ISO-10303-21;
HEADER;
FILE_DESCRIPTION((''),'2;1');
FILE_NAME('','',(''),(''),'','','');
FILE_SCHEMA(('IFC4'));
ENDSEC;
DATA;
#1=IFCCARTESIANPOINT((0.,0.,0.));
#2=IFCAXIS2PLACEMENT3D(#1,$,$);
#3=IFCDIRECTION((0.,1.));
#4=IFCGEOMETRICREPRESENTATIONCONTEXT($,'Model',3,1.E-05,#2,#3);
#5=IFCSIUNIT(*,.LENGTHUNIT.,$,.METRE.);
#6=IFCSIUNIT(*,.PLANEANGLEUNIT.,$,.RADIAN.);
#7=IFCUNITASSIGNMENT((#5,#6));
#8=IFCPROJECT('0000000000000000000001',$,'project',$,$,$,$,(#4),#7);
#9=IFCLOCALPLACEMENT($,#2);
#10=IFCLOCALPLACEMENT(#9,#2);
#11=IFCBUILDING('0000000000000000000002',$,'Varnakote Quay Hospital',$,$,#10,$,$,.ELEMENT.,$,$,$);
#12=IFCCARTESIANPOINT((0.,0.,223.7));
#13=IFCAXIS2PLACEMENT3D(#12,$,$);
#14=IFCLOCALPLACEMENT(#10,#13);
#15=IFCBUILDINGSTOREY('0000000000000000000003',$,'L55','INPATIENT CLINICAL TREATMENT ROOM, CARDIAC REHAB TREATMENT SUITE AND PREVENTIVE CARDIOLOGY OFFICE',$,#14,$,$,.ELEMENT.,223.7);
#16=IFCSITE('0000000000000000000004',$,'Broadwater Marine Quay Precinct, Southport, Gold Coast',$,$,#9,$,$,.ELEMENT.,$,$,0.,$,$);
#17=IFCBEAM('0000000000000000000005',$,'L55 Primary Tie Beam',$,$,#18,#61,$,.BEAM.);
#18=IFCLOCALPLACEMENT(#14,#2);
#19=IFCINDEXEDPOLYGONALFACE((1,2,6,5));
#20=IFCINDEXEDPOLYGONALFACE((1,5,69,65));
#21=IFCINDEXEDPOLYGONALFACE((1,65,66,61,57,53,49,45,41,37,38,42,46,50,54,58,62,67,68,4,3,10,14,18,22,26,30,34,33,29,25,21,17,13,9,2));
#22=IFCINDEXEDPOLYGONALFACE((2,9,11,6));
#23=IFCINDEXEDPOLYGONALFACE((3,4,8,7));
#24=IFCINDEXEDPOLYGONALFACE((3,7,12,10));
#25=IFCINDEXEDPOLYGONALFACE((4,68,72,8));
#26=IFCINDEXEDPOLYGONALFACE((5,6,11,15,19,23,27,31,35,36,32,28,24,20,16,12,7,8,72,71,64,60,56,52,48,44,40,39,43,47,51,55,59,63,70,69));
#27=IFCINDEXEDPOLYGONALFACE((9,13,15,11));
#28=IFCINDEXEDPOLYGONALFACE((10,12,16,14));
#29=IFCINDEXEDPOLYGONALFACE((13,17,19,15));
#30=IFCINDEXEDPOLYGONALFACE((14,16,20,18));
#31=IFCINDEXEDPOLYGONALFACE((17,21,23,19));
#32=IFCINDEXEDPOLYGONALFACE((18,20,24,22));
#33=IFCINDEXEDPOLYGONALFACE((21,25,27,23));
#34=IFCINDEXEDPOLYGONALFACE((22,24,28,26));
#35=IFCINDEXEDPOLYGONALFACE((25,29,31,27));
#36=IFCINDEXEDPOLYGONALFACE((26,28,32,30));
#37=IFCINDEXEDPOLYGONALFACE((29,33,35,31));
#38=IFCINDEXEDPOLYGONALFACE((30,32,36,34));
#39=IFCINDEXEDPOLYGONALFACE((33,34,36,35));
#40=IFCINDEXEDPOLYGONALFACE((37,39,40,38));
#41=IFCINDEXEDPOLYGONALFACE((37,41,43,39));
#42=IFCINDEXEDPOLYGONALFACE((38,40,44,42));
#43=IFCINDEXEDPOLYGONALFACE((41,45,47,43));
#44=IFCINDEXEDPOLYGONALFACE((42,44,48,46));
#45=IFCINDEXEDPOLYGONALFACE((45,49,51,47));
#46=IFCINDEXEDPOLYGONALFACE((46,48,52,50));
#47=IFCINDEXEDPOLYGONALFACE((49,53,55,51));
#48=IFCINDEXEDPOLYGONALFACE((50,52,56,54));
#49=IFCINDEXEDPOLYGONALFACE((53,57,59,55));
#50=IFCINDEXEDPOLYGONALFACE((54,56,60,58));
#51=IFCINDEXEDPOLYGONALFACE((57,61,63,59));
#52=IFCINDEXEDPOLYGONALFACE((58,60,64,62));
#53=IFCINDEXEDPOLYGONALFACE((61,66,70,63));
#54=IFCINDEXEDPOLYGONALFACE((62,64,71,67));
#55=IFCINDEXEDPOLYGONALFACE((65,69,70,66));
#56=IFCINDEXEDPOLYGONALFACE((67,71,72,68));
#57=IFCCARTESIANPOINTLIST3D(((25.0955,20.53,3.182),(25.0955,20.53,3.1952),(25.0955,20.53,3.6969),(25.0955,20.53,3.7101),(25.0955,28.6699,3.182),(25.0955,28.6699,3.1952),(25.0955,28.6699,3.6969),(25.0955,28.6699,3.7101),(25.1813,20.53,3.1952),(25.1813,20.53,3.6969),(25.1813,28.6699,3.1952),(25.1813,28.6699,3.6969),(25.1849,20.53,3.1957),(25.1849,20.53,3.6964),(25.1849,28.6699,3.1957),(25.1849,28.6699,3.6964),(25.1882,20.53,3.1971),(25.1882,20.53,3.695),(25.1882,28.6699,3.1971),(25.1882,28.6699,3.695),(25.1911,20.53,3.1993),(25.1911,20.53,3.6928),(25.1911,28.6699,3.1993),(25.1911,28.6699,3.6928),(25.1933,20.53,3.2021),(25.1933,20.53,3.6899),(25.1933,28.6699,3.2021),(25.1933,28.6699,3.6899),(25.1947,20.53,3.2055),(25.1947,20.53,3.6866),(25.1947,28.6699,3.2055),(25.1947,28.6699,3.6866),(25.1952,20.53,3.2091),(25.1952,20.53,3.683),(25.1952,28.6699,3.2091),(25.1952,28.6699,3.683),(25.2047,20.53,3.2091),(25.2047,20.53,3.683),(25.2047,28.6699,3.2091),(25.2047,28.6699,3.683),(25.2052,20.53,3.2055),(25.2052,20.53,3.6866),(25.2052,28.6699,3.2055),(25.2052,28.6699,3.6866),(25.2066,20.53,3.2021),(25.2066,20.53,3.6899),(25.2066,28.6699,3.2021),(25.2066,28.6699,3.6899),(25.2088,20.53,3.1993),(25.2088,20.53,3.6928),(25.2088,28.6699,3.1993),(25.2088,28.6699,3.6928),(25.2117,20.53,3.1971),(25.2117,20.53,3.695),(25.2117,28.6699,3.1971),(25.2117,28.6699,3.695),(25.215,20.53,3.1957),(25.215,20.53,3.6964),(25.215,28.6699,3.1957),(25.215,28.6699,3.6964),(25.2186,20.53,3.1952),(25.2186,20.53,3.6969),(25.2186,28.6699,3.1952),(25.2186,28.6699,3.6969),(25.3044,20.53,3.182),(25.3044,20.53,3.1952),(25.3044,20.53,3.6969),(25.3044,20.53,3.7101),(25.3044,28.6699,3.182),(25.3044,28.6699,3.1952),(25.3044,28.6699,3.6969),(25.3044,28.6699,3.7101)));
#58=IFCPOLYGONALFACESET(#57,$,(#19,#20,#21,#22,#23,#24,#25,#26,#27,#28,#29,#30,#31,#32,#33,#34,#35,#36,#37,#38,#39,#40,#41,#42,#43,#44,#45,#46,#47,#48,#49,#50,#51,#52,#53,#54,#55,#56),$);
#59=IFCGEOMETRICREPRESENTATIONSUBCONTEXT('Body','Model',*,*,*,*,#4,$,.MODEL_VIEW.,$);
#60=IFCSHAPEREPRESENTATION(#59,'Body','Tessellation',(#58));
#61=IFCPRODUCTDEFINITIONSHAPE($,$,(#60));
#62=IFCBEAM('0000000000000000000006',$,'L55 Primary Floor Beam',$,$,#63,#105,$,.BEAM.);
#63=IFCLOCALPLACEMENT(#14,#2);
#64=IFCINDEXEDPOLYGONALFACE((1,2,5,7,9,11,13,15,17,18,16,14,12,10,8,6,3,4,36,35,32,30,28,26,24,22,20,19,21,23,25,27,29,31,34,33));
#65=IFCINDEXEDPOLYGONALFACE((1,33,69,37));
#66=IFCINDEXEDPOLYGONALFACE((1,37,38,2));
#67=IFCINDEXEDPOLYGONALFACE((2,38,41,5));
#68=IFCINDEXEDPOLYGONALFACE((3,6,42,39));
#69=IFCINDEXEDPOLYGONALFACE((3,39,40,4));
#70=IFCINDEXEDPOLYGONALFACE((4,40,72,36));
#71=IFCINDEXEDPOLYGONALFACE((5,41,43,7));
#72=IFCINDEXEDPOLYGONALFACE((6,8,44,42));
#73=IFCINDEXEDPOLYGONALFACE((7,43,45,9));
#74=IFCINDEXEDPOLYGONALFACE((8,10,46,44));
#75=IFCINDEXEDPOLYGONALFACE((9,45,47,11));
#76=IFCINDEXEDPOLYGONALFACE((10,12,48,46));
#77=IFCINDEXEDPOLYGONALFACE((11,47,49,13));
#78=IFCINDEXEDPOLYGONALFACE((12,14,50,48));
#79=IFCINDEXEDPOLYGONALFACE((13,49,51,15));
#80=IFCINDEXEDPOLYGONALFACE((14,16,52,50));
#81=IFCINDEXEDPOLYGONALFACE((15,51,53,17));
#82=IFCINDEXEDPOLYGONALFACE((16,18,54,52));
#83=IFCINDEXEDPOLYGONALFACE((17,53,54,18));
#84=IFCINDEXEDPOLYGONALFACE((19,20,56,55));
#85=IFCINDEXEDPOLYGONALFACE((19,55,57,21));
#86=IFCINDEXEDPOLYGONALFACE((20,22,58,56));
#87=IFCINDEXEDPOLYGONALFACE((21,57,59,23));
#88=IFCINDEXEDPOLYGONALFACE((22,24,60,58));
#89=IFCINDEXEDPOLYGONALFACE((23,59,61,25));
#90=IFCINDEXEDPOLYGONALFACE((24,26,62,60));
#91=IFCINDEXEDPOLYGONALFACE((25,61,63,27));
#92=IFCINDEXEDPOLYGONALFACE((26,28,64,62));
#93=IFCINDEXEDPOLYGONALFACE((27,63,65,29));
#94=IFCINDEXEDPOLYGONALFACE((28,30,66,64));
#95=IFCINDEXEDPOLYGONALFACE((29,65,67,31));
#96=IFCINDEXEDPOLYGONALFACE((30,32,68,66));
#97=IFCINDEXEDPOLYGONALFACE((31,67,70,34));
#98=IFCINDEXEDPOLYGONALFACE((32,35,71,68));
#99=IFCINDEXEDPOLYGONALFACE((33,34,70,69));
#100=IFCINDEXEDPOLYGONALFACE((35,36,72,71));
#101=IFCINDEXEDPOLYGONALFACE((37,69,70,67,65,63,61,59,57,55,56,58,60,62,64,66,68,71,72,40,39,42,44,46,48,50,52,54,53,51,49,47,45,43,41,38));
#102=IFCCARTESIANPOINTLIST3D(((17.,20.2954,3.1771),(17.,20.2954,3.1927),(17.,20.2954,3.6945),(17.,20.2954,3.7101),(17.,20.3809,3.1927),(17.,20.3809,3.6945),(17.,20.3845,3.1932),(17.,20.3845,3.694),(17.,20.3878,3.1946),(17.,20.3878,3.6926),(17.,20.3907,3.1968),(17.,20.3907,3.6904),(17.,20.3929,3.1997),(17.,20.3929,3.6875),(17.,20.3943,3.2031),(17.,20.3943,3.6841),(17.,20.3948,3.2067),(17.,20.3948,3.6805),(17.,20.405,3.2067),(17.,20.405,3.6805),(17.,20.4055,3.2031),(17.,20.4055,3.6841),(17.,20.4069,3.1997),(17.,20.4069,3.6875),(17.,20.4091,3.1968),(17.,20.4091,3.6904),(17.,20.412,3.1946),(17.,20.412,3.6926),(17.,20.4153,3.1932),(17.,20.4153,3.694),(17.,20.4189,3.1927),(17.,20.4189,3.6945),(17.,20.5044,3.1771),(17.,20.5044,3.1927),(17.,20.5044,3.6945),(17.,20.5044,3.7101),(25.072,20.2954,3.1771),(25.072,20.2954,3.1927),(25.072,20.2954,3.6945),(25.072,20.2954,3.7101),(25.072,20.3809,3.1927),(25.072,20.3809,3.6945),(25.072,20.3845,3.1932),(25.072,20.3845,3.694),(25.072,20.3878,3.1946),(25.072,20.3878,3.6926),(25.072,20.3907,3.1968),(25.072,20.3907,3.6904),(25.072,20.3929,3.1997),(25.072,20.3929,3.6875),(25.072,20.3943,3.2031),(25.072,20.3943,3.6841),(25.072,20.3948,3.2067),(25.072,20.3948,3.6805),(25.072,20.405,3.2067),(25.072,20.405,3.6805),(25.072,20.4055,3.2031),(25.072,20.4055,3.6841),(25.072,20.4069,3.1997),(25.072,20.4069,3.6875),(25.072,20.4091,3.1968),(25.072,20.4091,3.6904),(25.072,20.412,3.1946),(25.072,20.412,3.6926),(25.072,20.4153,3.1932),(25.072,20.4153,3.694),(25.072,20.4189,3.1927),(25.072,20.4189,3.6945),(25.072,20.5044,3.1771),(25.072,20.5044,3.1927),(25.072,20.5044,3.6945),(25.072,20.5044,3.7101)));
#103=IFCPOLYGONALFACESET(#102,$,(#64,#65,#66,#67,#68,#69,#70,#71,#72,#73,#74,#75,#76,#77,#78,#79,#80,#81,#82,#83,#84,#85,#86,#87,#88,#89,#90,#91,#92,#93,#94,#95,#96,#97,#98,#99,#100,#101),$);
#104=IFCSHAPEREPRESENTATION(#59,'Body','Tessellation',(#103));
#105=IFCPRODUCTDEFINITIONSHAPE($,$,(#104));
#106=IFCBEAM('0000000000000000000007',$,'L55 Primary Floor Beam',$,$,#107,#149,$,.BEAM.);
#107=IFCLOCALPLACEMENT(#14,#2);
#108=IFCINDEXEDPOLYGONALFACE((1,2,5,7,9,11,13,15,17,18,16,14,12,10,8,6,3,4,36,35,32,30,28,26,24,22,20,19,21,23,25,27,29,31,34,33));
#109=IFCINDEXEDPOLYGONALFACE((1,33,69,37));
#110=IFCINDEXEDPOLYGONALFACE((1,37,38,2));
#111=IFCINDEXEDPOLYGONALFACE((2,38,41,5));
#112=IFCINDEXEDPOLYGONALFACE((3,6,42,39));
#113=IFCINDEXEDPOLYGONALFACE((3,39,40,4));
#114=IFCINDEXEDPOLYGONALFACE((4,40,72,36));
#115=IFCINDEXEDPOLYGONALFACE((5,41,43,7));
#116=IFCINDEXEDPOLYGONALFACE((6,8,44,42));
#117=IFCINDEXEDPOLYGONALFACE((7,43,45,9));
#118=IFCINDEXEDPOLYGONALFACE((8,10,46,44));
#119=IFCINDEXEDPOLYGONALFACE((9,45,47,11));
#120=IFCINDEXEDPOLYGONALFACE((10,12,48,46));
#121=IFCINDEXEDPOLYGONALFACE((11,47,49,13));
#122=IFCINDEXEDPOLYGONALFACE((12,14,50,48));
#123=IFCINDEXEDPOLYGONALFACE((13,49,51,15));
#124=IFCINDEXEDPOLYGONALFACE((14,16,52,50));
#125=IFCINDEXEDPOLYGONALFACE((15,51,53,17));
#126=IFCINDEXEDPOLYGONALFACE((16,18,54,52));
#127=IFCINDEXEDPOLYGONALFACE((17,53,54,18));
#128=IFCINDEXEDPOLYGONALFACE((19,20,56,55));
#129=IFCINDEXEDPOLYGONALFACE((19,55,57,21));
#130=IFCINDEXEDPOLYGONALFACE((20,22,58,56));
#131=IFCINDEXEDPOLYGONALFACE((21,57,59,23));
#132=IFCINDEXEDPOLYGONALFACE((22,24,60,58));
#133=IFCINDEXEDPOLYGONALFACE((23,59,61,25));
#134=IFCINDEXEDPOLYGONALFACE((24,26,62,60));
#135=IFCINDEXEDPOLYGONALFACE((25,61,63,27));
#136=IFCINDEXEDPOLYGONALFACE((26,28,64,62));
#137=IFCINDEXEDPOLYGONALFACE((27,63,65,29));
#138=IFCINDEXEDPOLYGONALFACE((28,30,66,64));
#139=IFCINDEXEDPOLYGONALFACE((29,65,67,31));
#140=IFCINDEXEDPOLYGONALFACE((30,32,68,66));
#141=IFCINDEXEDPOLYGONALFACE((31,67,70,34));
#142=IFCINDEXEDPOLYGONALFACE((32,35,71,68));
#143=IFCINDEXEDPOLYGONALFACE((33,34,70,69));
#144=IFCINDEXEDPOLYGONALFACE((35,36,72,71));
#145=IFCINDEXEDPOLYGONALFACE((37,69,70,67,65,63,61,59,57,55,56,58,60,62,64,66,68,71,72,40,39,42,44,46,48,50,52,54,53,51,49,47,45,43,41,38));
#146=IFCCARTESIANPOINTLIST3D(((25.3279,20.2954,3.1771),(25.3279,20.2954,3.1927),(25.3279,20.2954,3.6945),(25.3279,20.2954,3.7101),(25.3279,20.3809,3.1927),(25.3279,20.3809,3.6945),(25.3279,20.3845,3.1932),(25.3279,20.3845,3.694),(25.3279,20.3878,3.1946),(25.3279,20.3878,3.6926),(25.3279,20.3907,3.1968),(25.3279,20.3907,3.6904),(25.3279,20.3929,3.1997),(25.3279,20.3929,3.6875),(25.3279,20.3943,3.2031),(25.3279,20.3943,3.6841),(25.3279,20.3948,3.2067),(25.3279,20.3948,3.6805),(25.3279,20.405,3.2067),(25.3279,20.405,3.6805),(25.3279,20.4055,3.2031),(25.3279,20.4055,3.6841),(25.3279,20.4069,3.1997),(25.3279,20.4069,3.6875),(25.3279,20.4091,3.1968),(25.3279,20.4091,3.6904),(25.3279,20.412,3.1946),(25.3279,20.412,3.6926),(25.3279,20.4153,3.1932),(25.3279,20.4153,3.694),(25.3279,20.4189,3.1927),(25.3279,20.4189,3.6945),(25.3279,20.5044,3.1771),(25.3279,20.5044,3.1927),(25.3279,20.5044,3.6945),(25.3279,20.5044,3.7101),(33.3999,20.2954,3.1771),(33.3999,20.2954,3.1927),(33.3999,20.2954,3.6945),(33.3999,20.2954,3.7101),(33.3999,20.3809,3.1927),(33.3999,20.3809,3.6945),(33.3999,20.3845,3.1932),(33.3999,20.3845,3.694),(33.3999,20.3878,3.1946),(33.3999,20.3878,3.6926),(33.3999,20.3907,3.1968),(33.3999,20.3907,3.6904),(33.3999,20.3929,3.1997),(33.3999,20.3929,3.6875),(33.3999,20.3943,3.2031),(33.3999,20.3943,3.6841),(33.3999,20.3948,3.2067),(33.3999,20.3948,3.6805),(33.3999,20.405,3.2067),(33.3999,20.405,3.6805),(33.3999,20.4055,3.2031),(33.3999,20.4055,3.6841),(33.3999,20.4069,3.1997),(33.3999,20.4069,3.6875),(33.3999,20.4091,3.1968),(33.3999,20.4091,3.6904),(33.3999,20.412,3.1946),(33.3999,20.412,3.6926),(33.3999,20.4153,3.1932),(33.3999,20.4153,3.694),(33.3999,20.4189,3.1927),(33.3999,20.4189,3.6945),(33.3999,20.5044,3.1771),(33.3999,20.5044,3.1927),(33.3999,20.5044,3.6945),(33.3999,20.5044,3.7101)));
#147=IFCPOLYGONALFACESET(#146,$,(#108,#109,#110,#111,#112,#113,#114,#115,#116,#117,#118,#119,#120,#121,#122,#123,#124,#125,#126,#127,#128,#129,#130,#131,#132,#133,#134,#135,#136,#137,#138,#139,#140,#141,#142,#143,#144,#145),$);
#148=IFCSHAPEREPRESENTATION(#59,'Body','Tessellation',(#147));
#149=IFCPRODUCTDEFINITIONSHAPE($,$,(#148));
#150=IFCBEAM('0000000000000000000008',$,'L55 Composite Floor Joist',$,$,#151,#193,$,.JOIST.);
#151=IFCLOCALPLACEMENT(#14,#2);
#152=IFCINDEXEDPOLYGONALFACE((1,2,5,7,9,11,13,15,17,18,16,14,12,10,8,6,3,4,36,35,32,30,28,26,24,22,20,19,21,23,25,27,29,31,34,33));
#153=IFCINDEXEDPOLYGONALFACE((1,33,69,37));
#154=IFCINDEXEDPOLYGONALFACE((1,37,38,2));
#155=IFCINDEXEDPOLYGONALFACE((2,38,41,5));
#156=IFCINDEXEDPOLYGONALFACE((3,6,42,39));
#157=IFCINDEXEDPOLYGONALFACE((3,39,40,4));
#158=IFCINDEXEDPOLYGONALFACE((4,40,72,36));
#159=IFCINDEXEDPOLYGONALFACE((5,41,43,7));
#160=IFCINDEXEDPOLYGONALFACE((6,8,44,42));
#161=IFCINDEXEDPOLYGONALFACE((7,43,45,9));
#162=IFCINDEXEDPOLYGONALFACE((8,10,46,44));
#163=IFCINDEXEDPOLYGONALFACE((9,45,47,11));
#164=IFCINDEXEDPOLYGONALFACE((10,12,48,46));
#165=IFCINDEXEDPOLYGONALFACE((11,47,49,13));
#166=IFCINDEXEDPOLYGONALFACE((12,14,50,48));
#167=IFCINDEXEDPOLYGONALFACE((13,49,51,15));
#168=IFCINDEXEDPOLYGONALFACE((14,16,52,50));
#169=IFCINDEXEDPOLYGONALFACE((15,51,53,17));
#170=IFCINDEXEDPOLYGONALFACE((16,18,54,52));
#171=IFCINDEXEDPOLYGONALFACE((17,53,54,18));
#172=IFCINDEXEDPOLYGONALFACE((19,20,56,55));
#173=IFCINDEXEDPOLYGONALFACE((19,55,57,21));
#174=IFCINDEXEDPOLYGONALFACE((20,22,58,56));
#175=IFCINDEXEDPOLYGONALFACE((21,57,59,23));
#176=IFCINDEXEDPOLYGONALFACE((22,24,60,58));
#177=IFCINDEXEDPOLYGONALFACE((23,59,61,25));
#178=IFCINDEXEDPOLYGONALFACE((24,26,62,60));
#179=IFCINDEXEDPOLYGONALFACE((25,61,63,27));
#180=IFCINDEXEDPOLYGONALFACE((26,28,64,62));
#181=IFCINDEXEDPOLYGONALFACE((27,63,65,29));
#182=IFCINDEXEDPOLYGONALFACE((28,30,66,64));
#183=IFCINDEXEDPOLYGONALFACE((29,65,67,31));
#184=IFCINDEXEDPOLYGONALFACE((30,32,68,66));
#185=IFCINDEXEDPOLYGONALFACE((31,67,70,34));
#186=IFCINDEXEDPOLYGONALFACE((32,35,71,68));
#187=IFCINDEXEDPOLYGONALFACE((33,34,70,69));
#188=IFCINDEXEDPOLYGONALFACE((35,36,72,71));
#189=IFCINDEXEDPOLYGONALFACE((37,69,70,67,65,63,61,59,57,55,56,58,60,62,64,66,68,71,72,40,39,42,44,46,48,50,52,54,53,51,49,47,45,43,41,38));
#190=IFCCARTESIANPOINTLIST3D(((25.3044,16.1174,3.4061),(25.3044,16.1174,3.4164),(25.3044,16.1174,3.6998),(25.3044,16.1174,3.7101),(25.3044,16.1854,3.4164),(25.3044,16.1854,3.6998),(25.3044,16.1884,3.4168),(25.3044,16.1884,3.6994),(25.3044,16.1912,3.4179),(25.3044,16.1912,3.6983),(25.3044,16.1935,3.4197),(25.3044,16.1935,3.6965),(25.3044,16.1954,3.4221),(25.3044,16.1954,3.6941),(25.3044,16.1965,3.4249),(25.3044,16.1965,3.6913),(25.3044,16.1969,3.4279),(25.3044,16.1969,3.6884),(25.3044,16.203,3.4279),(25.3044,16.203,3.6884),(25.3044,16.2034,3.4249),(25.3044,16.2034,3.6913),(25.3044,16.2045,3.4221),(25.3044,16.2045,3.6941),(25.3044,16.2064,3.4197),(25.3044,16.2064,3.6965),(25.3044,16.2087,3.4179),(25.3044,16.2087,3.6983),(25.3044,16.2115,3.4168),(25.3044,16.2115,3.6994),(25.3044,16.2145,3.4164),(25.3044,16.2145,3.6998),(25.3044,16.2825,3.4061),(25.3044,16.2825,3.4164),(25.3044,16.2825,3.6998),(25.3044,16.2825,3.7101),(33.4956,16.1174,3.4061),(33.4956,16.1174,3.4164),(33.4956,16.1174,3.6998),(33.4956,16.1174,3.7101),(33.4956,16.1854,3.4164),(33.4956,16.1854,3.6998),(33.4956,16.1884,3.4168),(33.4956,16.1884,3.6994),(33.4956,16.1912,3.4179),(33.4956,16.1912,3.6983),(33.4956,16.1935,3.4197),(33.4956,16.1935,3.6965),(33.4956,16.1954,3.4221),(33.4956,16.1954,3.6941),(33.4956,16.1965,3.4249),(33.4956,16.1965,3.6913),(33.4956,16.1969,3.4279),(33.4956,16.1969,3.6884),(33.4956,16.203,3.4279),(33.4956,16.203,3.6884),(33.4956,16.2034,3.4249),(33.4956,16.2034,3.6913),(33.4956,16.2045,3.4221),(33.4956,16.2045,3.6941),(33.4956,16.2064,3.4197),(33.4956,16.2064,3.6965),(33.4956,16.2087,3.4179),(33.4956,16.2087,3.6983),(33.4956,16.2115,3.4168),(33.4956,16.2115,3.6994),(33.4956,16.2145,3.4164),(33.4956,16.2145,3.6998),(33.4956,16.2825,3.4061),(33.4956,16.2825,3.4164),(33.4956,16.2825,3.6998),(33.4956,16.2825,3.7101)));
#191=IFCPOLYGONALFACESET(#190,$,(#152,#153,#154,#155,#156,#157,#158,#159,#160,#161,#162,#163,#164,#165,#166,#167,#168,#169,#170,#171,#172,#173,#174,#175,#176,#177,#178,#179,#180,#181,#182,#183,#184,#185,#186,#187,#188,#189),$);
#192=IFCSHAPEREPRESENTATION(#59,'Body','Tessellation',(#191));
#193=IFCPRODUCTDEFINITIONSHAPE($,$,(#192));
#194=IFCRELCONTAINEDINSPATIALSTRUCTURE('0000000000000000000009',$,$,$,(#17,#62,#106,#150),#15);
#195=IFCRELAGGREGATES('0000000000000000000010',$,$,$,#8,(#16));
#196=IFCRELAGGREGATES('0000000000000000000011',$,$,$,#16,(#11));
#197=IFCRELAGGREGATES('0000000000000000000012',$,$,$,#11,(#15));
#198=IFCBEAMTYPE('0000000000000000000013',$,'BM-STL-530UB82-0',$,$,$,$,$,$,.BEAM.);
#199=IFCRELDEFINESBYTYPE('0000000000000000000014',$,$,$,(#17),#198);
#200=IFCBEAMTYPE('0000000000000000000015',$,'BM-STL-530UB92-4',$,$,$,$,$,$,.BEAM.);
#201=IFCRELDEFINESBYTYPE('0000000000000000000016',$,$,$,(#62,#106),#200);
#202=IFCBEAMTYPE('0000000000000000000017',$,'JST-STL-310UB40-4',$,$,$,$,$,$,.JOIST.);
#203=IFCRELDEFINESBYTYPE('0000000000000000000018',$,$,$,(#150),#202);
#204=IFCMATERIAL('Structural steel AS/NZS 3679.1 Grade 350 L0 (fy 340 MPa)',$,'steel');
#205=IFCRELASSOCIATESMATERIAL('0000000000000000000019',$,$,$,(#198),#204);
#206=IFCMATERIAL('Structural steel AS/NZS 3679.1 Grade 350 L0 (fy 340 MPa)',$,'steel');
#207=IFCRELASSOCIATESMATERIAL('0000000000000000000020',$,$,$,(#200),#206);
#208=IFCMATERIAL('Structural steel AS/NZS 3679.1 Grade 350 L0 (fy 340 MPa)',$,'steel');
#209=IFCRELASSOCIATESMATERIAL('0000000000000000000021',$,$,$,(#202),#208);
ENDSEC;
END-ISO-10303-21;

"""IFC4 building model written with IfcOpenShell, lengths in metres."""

from ifc_helpers import new_model, si_unit, direction, frame, origin, origin_2d, place, context, subcontext, project, spatial, i_section, extrude, material, material_profile, profile_set, type_object, element, save


model = new_model("IFC4")

# Units and contexts
model_context = context("Model", 3, precision=1e-05, world=origin(), true_north=direction((0.0, 1.0)))
body_context = subcontext(model_context, "Body", "Model", "MODEL_VIEW")
ifc_project = project(units=[si_unit("LENGTHUNIT", "METRE"), si_unit("PLANEANGLEUNIT", "RADIAN")], contexts=[model_context])

# Site, building, storey
site_placement = place(None, origin())
site = spatial("IfcSite", under=ifc_project, at=site_placement, Name="Broadwater Marine Quay Precinct, Southport, Gold Coast", CompositionType="ELEMENT", RefElevation=0.0)
building_placement = place(site_placement, origin())
building = spatial("IfcBuilding", under=site, at=building_placement, Name="Varnakote Quay Hospital", CompositionType="ELEMENT")
storey_placement = place(building_placement, frame((0.0, 0.0, 223.7)))
storey = spatial("IfcBuildingStorey", under=building, at=storey_placement, Name="L55", Description="INPATIENT CLINICAL TREATMENT ROOM, CARDIAC REHAB TREATMENT SUITE AND PREVENTIVE CARDIOLOGY OFFICE", CompositionType="ELEMENT", Elevation=223.7)

# Beams
ifc_material_1 = material(Name="Structural steel AS/NZS 3679.1 Grade 350 L0 (fy 340 MPa)", Category="steel")
ifc_material_profile_1 = material_profile(ifc_material_1, i_section(OverallWidth=0.209, OverallDepth=0.5281, WebThickness=0.0095, FlangeThickness=0.0132, FilletRadius=0.0139, at=origin_2d()), Name="530UB82.0")
ifc_profile_set_1 = profile_set([ifc_material_profile_1], Name="Structural steel AS/NZS 3679.1 Grade 350 L0 (fy 340 MPa)")
beam_type_1 = type_object("IfcBeamType", Name="BM-STL-530UB82-0", PredefinedType="BEAM", material=ifc_profile_set_1)
beam_1_placement = place(storey_placement, frame((25.2, 20.53, 3.446), z_axis=(0.0, 1.0, 0.0), x_axis=(-1.0, 0.0, 0.0)))
element("IfcBeam", 1, at=beam_1_placement, inside=storey, type_object=beam_type_1, Name="L55 Primary Tie Beam", PredefinedType="BEAM", context=body_context, shape_type="SweptSolid", body=[
    extrude(i_section(OverallWidth=0.209, OverallDepth=0.5281, WebThickness=0.0095, FlangeThickness=0.0132, FilletRadius=0.0139, at=origin_2d()), origin(), (0.0, 0.0, 1.0), 8.1399),
])
ifc_material_2 = material(Name="Structural steel AS/NZS 3679.1 Grade 350 L0 (fy 340 MPa)", Category="steel")
ifc_material_profile_2 = material_profile(ifc_material_2, i_section(OverallWidth=0.209, OverallDepth=0.533, WebThickness=0.0103, FlangeThickness=0.0156, FilletRadius=0.0139, at=origin_2d()), Name="530UB92.4")
ifc_profile_set_2 = profile_set([ifc_material_profile_2], Name="Structural steel AS/NZS 3679.1 Grade 350 L0 (fy 340 MPa)")
beam_type_2 = type_object("IfcBeamType", Name="BM-STL-530UB92-4", PredefinedType="BEAM", material=ifc_profile_set_2)
for number, where, z_axis, x_axis, name in (
    (2, (17.0, 20.3999, 3.4436), (1.0, 0.0, 0.0), (0.0, 1.0, 0.0), "L55 Primary Floor Beam"),
    (3, (25.3279, 20.3999, 3.4436), (1.0, 0.0, 0.0), (0.0, 1.0, 0.0), "L55 Primary Floor Beam"),
):
    element("IfcBeam", number, at=place(storey_placement, frame(where, z_axis=z_axis, x_axis=x_axis)), inside=storey, type_object=beam_type_2, Name=name, PredefinedType="BEAM", context=body_context, shape_type="SweptSolid", body=[
        extrude(i_section(OverallWidth=0.209, OverallDepth=0.533, WebThickness=0.0103, FlangeThickness=0.0156, FilletRadius=0.0139, at=origin_2d()), origin(), (0.0, 0.0, 1.0), 8.072),
    ])
ifc_material_3 = material(Name="Structural steel AS/NZS 3679.1 Grade 350 L0 (fy 340 MPa)", Category="steel")
ifc_material_profile_3 = material_profile(ifc_material_3, i_section(OverallWidth=0.165, OverallDepth=0.304, WebThickness=0.0061, FlangeThickness=0.0103, FilletRadius=0.0115, at=origin_2d()), Name="310UB40.4")
ifc_profile_set_3 = profile_set([ifc_material_profile_3], Name="Structural steel AS/NZS 3679.1 Grade 350 L0 (fy 340 MPa)")
beam_type_3 = type_object("IfcBeamType", Name="JST-STL-310UB40-4", PredefinedType="JOIST", material=ifc_profile_set_3)
beam_2_placement = place(storey_placement, frame((25.3044, 16.2, 3.5581), z_axis=(1.0, 0.0, 0.0), x_axis=(0.0, 1.0, 0.0)))
element("IfcBeam", 4, at=beam_2_placement, inside=storey, type_object=beam_type_3, Name="L55 Composite Floor Joist", PredefinedType="JOIST", context=body_context, shape_type="SweptSolid", body=[
    extrude(i_section(OverallWidth=0.165, OverallDepth=0.304, WebThickness=0.0061, FlangeThickness=0.0103, FilletRadius=0.0115, at=origin_2d()), origin(), (0.0, 0.0, 1.0), 8.1912),
])

save(model, "model.ifc")
